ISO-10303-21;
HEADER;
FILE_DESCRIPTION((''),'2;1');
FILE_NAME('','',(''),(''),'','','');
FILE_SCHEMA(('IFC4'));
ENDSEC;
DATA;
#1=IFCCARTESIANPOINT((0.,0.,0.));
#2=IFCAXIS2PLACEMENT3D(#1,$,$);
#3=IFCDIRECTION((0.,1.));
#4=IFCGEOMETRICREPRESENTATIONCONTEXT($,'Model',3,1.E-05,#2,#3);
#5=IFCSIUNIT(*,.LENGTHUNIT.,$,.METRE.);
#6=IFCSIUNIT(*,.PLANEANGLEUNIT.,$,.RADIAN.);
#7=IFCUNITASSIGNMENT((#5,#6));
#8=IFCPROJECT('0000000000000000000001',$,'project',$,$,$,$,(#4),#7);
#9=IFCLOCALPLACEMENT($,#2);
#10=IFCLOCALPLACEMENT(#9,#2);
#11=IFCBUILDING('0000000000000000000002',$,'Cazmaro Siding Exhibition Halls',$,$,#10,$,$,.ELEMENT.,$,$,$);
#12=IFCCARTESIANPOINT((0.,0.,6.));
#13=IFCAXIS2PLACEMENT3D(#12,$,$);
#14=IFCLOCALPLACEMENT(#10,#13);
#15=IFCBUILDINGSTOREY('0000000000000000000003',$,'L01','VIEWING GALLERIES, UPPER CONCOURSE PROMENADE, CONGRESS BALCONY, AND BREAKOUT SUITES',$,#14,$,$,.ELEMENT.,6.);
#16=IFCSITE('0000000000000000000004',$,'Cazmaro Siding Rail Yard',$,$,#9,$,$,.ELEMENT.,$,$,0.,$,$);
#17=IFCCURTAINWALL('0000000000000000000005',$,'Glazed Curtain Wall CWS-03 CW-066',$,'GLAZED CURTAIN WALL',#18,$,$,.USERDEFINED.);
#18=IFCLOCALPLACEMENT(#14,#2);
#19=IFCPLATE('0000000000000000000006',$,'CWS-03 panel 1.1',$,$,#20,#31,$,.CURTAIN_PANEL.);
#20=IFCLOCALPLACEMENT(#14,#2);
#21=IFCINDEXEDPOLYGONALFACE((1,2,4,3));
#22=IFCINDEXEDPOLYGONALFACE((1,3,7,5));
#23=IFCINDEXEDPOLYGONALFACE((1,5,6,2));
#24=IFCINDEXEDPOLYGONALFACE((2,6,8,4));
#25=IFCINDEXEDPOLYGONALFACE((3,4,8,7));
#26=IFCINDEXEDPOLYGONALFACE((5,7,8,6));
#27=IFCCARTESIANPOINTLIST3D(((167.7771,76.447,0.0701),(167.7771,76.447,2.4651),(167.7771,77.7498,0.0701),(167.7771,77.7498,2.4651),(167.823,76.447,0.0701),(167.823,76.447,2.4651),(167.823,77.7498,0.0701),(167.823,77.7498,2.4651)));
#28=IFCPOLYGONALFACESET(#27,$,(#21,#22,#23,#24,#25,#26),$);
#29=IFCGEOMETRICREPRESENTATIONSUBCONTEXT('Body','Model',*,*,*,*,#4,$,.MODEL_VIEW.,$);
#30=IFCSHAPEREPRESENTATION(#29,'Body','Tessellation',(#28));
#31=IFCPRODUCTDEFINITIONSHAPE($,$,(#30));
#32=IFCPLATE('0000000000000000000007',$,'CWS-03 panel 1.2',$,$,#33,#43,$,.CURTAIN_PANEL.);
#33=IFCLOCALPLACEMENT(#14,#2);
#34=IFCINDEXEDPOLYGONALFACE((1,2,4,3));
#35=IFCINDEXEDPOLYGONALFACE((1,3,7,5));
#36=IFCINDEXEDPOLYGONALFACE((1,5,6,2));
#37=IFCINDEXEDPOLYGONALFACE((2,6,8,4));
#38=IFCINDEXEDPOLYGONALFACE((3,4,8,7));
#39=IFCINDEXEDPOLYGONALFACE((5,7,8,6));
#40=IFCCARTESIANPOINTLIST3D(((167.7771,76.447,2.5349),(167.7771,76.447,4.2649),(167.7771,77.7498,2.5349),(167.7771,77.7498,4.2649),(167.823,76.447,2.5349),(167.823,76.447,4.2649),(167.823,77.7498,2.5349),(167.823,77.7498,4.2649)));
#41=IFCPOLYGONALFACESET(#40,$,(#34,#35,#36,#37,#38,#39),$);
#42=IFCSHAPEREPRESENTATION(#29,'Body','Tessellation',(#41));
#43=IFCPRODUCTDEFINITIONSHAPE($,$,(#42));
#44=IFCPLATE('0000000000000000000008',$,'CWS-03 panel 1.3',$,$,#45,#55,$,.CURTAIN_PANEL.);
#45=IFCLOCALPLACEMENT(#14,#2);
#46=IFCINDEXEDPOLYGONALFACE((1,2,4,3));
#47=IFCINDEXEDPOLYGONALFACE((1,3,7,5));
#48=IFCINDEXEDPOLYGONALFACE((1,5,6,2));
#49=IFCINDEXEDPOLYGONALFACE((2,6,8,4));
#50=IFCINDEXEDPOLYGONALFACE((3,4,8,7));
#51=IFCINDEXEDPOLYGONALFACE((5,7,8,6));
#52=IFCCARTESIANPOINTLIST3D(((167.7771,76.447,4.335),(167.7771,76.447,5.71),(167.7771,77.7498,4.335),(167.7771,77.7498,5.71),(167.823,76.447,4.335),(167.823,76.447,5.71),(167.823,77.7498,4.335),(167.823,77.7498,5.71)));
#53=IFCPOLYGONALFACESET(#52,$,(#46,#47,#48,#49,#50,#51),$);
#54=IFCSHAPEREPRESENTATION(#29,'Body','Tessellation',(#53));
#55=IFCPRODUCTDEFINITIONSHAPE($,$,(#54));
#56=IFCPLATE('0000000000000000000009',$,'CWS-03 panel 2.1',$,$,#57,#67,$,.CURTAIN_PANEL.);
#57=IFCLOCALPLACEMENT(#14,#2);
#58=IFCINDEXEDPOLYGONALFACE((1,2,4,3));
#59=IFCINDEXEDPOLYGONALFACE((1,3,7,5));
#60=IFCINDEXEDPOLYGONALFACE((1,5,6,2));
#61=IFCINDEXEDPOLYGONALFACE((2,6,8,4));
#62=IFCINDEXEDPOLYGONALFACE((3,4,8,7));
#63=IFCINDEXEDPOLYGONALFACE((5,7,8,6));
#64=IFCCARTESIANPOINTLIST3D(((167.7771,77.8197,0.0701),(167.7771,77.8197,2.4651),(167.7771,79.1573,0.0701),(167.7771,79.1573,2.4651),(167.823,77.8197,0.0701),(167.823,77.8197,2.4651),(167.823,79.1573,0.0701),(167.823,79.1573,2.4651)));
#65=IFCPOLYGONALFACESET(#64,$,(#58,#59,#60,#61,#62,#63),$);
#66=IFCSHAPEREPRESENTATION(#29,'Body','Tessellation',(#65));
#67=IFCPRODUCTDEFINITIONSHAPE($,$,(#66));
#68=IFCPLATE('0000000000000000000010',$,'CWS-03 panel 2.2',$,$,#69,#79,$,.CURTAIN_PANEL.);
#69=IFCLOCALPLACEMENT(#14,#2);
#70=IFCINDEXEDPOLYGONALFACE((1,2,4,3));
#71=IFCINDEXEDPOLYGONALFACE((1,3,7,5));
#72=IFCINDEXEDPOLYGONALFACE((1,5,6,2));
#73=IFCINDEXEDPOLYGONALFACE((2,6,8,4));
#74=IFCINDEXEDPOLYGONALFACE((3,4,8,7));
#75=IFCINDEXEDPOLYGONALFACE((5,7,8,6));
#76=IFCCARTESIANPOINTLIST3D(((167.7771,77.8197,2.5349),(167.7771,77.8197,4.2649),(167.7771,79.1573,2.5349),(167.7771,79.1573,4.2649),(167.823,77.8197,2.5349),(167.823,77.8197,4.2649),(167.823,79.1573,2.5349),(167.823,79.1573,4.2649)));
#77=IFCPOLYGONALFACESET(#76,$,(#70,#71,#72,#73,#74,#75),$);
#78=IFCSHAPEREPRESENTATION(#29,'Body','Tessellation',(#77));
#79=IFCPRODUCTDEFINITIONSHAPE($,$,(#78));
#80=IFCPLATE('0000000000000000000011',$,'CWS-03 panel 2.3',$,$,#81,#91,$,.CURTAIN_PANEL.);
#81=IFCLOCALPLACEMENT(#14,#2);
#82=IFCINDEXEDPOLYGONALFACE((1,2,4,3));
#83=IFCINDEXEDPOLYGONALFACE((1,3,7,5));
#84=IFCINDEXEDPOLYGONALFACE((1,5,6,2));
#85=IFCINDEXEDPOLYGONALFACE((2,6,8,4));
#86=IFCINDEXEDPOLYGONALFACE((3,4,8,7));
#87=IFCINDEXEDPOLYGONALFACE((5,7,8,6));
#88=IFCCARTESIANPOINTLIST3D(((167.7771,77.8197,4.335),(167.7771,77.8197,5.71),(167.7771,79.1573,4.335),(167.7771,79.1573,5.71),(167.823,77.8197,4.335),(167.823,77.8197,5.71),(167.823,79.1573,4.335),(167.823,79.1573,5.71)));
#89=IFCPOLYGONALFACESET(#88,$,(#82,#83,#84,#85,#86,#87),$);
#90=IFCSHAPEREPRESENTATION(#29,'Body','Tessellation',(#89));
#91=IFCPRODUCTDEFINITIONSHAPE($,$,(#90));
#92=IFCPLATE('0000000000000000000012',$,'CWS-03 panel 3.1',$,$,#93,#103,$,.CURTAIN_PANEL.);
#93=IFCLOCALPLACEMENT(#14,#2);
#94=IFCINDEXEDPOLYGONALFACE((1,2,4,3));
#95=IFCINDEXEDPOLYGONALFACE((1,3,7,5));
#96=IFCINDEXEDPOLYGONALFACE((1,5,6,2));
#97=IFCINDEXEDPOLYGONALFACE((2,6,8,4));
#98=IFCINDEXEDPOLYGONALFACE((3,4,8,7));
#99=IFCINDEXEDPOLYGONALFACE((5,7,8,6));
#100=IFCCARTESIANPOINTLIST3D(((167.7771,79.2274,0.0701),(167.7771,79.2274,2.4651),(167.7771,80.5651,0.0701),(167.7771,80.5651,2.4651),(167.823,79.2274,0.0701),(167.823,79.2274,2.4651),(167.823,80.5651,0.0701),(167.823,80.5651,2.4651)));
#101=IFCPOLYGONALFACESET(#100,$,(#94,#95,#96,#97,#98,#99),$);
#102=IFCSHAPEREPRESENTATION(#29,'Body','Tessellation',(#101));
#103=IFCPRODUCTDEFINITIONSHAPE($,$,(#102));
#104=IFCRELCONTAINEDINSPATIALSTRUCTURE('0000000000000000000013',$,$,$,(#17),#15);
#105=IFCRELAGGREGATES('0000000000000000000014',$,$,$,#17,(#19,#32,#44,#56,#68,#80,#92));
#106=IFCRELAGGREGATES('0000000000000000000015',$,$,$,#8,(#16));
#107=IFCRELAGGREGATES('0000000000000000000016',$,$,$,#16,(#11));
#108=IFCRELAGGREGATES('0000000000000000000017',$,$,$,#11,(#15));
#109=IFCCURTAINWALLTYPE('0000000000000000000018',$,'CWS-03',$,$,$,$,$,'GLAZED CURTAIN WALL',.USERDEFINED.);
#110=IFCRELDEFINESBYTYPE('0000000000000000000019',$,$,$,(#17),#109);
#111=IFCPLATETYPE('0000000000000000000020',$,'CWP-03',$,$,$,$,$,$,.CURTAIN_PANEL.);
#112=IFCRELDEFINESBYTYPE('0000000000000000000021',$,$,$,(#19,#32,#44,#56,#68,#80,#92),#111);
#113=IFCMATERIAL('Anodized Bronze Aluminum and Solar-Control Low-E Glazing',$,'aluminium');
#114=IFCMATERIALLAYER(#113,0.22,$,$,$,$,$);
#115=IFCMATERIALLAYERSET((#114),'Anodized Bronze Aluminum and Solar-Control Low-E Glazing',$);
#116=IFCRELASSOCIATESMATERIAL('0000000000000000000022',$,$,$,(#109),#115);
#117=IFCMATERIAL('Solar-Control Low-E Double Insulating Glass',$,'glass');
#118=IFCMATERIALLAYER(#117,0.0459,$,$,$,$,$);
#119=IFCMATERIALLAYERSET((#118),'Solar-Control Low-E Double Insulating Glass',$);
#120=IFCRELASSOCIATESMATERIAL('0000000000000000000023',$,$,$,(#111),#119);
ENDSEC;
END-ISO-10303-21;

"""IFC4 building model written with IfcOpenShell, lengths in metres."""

from ifc_helpers import new_model, si_unit, direction, frame, origin, origin_2d, place, context, subcontext, project, spatial, rectangle, extrude, material, layer, layer_set, type_object, element, aggregate, save


model = new_model("IFC4")

# Units and contexts
model_context = context("Model", 3, precision=1e-05, world=origin(), true_north=direction((0.0, 1.0)))
body_context = subcontext(model_context, "Body", "Model", "MODEL_VIEW")
ifc_project = project(units=[si_unit("LENGTHUNIT", "METRE"), si_unit("PLANEANGLEUNIT", "RADIAN")], contexts=[model_context])

# Site, building, storey
site_placement = place(None, origin())
site = spatial("IfcSite", under=ifc_project, at=site_placement, Name="Cazmaro Siding Rail Yard", CompositionType="ELEMENT", RefElevation=0.0)
building_placement = place(site_placement, origin())
building = spatial("IfcBuilding", under=site, at=building_placement, Name="Cazmaro Siding Exhibition Halls", CompositionType="ELEMENT")
storey_placement = place(building_placement, frame((0.0, 0.0, 6.0)))
storey = spatial("IfcBuildingStorey", under=building, at=storey_placement, Name="L01", Description="VIEWING GALLERIES, UPPER CONCOURSE PROMENADE, CONGRESS BALCONY, AND BREAKOUT SUITES", CompositionType="ELEMENT", Elevation=6.0)

# Curtain wall, plates
ifc_material_1 = material(Name="Anodized Bronze Aluminum and Solar-Control Low-E Glazing", Category="aluminium")
ifc_layer_1 = layer(ifc_material_1, 0.22)
ifc_layer_set_1 = layer_set([ifc_layer_1], Name="Anodized Bronze Aluminum and Solar-Control Low-E Glazing")
curtain_wall_type = type_object("IfcCurtainWallType", Name="CWS-03", ElementType="GLAZED CURTAIN WALL", PredefinedType="USERDEFINED", material=ifc_layer_set_1)
curtain_wall_placement = place(storey_placement, origin())
curtain_wall = element("IfcCurtainWall", 1, at=curtain_wall_placement, inside=storey, type_object=curtain_wall_type, Name="Glazed Curtain Wall CWS-03 CW-066", ObjectType="GLAZED CURTAIN WALL", PredefinedType="USERDEFINED")
ifc_material_2 = material(Name="Solar-Control Low-E Double Insulating Glass", Category="glass")
ifc_layer_2 = layer(ifc_material_2, 0.0459)
ifc_layer_set_2 = layer_set([ifc_layer_2], Name="Solar-Control Low-E Double Insulating Glass")
plate_type = type_object("IfcPlateType", Name="CWP-03", PredefinedType="CURTAIN_PANEL", material=ifc_layer_set_2)
plate_1_placement = place(storey_placement, frame((167.8, 77.0984, 0.0701), z_axis=(0.0, 0.0, 1.0), x_axis=(0.0, 1.0, 0.0)))
plate_1 = element("IfcPlate", 2, at=plate_1_placement, type_object=plate_type, Name="CWS-03 panel 1.1", PredefinedType="CURTAIN_PANEL", context=body_context, shape_type="SweptSolid", body=[
    extrude(rectangle(XDim=1.3027, YDim=0.0459, at=origin_2d()), origin(), (0.0, 0.0, 1.0), 2.395),
])
plate_2_placement = place(storey_placement, frame((167.8, 77.0984, 2.5349), z_axis=(0.0, 0.0, 1.0), x_axis=(0.0, 1.0, 0.0)))
plate_2 = element("IfcPlate", 3, at=plate_2_placement, type_object=plate_type, Name="CWS-03 panel 1.2", PredefinedType="CURTAIN_PANEL", context=body_context, shape_type="SweptSolid", body=[
    extrude(rectangle(XDim=1.3027, YDim=0.0459, at=origin_2d()), origin(), (0.0, 0.0, 1.0), 1.73),
])
plate_3_placement = place(storey_placement, frame((167.8, 77.0984, 4.335), z_axis=(0.0, 0.0, 1.0), x_axis=(0.0, 1.0, 0.0)))
plate_3 = element("IfcPlate", 4, at=plate_3_placement, type_object=plate_type, Name="CWS-03 panel 1.3", PredefinedType="CURTAIN_PANEL", context=body_context, shape_type="SweptSolid", body=[
    extrude(rectangle(XDim=1.3027, YDim=0.0459, at=origin_2d()), origin(), (0.0, 0.0, 1.0), 1.375),
])
plate_4_placement = place(storey_placement, frame((167.8, 78.4885, 0.0701), z_axis=(0.0, 0.0, 1.0), x_axis=(0.0, 1.0, 0.0)))
plate_4 = element("IfcPlate", 5, at=plate_4_placement, type_object=plate_type, Name="CWS-03 panel 2.1", PredefinedType="CURTAIN_PANEL", context=body_context, shape_type="SweptSolid", body=[
    extrude(rectangle(XDim=1.3376, YDim=0.0459, at=origin_2d()), origin(), (0.0, 0.0, 1.0), 2.395),
])
plate_5_placement = place(storey_placement, frame((167.8, 78.4885, 2.5349), z_axis=(0.0, 0.0, 1.0), x_axis=(0.0, 1.0, 0.0)))
plate_5 = element("IfcPlate", 6, at=plate_5_placement, type_object=plate_type, Name="CWS-03 panel 2.2", PredefinedType="CURTAIN_PANEL", context=body_context, shape_type="SweptSolid", body=[
    extrude(rectangle(XDim=1.3376, YDim=0.0459, at=origin_2d()), origin(), (0.0, 0.0, 1.0), 1.73),
])
plate_6_placement = place(storey_placement, frame((167.8, 78.4885, 4.335), z_axis=(0.0, 0.0, 1.0), x_axis=(0.0, 1.0, 0.0)))
plate_6 = element("IfcPlate", 7, at=plate_6_placement, type_object=plate_type, Name="CWS-03 panel 2.3", PredefinedType="CURTAIN_PANEL", context=body_context, shape_type="SweptSolid", body=[
    extrude(rectangle(XDim=1.3376, YDim=0.0459, at=origin_2d()), origin(), (0.0, 0.0, 1.0), 1.375),
])
plate_7_placement = place(storey_placement, frame((167.8, 79.8962, 0.0701), z_axis=(0.0, 0.0, 1.0), x_axis=(0.0, 1.0, 0.0)))
plate_7 = element("IfcPlate", 8, at=plate_7_placement, type_object=plate_type, Name="CWS-03 panel 3.1", PredefinedType="CURTAIN_PANEL", context=body_context, shape_type="SweptSolid", body=[
    extrude(rectangle(XDim=1.3376, YDim=0.0459, at=origin_2d()), origin(), (0.0, 0.0, 1.0), 2.395),
])
aggregate(curtain_wall, [plate_1, plate_2, plate_3, plate_4, plate_5, plate_6, plate_7])

save(model, "model.ifc")
